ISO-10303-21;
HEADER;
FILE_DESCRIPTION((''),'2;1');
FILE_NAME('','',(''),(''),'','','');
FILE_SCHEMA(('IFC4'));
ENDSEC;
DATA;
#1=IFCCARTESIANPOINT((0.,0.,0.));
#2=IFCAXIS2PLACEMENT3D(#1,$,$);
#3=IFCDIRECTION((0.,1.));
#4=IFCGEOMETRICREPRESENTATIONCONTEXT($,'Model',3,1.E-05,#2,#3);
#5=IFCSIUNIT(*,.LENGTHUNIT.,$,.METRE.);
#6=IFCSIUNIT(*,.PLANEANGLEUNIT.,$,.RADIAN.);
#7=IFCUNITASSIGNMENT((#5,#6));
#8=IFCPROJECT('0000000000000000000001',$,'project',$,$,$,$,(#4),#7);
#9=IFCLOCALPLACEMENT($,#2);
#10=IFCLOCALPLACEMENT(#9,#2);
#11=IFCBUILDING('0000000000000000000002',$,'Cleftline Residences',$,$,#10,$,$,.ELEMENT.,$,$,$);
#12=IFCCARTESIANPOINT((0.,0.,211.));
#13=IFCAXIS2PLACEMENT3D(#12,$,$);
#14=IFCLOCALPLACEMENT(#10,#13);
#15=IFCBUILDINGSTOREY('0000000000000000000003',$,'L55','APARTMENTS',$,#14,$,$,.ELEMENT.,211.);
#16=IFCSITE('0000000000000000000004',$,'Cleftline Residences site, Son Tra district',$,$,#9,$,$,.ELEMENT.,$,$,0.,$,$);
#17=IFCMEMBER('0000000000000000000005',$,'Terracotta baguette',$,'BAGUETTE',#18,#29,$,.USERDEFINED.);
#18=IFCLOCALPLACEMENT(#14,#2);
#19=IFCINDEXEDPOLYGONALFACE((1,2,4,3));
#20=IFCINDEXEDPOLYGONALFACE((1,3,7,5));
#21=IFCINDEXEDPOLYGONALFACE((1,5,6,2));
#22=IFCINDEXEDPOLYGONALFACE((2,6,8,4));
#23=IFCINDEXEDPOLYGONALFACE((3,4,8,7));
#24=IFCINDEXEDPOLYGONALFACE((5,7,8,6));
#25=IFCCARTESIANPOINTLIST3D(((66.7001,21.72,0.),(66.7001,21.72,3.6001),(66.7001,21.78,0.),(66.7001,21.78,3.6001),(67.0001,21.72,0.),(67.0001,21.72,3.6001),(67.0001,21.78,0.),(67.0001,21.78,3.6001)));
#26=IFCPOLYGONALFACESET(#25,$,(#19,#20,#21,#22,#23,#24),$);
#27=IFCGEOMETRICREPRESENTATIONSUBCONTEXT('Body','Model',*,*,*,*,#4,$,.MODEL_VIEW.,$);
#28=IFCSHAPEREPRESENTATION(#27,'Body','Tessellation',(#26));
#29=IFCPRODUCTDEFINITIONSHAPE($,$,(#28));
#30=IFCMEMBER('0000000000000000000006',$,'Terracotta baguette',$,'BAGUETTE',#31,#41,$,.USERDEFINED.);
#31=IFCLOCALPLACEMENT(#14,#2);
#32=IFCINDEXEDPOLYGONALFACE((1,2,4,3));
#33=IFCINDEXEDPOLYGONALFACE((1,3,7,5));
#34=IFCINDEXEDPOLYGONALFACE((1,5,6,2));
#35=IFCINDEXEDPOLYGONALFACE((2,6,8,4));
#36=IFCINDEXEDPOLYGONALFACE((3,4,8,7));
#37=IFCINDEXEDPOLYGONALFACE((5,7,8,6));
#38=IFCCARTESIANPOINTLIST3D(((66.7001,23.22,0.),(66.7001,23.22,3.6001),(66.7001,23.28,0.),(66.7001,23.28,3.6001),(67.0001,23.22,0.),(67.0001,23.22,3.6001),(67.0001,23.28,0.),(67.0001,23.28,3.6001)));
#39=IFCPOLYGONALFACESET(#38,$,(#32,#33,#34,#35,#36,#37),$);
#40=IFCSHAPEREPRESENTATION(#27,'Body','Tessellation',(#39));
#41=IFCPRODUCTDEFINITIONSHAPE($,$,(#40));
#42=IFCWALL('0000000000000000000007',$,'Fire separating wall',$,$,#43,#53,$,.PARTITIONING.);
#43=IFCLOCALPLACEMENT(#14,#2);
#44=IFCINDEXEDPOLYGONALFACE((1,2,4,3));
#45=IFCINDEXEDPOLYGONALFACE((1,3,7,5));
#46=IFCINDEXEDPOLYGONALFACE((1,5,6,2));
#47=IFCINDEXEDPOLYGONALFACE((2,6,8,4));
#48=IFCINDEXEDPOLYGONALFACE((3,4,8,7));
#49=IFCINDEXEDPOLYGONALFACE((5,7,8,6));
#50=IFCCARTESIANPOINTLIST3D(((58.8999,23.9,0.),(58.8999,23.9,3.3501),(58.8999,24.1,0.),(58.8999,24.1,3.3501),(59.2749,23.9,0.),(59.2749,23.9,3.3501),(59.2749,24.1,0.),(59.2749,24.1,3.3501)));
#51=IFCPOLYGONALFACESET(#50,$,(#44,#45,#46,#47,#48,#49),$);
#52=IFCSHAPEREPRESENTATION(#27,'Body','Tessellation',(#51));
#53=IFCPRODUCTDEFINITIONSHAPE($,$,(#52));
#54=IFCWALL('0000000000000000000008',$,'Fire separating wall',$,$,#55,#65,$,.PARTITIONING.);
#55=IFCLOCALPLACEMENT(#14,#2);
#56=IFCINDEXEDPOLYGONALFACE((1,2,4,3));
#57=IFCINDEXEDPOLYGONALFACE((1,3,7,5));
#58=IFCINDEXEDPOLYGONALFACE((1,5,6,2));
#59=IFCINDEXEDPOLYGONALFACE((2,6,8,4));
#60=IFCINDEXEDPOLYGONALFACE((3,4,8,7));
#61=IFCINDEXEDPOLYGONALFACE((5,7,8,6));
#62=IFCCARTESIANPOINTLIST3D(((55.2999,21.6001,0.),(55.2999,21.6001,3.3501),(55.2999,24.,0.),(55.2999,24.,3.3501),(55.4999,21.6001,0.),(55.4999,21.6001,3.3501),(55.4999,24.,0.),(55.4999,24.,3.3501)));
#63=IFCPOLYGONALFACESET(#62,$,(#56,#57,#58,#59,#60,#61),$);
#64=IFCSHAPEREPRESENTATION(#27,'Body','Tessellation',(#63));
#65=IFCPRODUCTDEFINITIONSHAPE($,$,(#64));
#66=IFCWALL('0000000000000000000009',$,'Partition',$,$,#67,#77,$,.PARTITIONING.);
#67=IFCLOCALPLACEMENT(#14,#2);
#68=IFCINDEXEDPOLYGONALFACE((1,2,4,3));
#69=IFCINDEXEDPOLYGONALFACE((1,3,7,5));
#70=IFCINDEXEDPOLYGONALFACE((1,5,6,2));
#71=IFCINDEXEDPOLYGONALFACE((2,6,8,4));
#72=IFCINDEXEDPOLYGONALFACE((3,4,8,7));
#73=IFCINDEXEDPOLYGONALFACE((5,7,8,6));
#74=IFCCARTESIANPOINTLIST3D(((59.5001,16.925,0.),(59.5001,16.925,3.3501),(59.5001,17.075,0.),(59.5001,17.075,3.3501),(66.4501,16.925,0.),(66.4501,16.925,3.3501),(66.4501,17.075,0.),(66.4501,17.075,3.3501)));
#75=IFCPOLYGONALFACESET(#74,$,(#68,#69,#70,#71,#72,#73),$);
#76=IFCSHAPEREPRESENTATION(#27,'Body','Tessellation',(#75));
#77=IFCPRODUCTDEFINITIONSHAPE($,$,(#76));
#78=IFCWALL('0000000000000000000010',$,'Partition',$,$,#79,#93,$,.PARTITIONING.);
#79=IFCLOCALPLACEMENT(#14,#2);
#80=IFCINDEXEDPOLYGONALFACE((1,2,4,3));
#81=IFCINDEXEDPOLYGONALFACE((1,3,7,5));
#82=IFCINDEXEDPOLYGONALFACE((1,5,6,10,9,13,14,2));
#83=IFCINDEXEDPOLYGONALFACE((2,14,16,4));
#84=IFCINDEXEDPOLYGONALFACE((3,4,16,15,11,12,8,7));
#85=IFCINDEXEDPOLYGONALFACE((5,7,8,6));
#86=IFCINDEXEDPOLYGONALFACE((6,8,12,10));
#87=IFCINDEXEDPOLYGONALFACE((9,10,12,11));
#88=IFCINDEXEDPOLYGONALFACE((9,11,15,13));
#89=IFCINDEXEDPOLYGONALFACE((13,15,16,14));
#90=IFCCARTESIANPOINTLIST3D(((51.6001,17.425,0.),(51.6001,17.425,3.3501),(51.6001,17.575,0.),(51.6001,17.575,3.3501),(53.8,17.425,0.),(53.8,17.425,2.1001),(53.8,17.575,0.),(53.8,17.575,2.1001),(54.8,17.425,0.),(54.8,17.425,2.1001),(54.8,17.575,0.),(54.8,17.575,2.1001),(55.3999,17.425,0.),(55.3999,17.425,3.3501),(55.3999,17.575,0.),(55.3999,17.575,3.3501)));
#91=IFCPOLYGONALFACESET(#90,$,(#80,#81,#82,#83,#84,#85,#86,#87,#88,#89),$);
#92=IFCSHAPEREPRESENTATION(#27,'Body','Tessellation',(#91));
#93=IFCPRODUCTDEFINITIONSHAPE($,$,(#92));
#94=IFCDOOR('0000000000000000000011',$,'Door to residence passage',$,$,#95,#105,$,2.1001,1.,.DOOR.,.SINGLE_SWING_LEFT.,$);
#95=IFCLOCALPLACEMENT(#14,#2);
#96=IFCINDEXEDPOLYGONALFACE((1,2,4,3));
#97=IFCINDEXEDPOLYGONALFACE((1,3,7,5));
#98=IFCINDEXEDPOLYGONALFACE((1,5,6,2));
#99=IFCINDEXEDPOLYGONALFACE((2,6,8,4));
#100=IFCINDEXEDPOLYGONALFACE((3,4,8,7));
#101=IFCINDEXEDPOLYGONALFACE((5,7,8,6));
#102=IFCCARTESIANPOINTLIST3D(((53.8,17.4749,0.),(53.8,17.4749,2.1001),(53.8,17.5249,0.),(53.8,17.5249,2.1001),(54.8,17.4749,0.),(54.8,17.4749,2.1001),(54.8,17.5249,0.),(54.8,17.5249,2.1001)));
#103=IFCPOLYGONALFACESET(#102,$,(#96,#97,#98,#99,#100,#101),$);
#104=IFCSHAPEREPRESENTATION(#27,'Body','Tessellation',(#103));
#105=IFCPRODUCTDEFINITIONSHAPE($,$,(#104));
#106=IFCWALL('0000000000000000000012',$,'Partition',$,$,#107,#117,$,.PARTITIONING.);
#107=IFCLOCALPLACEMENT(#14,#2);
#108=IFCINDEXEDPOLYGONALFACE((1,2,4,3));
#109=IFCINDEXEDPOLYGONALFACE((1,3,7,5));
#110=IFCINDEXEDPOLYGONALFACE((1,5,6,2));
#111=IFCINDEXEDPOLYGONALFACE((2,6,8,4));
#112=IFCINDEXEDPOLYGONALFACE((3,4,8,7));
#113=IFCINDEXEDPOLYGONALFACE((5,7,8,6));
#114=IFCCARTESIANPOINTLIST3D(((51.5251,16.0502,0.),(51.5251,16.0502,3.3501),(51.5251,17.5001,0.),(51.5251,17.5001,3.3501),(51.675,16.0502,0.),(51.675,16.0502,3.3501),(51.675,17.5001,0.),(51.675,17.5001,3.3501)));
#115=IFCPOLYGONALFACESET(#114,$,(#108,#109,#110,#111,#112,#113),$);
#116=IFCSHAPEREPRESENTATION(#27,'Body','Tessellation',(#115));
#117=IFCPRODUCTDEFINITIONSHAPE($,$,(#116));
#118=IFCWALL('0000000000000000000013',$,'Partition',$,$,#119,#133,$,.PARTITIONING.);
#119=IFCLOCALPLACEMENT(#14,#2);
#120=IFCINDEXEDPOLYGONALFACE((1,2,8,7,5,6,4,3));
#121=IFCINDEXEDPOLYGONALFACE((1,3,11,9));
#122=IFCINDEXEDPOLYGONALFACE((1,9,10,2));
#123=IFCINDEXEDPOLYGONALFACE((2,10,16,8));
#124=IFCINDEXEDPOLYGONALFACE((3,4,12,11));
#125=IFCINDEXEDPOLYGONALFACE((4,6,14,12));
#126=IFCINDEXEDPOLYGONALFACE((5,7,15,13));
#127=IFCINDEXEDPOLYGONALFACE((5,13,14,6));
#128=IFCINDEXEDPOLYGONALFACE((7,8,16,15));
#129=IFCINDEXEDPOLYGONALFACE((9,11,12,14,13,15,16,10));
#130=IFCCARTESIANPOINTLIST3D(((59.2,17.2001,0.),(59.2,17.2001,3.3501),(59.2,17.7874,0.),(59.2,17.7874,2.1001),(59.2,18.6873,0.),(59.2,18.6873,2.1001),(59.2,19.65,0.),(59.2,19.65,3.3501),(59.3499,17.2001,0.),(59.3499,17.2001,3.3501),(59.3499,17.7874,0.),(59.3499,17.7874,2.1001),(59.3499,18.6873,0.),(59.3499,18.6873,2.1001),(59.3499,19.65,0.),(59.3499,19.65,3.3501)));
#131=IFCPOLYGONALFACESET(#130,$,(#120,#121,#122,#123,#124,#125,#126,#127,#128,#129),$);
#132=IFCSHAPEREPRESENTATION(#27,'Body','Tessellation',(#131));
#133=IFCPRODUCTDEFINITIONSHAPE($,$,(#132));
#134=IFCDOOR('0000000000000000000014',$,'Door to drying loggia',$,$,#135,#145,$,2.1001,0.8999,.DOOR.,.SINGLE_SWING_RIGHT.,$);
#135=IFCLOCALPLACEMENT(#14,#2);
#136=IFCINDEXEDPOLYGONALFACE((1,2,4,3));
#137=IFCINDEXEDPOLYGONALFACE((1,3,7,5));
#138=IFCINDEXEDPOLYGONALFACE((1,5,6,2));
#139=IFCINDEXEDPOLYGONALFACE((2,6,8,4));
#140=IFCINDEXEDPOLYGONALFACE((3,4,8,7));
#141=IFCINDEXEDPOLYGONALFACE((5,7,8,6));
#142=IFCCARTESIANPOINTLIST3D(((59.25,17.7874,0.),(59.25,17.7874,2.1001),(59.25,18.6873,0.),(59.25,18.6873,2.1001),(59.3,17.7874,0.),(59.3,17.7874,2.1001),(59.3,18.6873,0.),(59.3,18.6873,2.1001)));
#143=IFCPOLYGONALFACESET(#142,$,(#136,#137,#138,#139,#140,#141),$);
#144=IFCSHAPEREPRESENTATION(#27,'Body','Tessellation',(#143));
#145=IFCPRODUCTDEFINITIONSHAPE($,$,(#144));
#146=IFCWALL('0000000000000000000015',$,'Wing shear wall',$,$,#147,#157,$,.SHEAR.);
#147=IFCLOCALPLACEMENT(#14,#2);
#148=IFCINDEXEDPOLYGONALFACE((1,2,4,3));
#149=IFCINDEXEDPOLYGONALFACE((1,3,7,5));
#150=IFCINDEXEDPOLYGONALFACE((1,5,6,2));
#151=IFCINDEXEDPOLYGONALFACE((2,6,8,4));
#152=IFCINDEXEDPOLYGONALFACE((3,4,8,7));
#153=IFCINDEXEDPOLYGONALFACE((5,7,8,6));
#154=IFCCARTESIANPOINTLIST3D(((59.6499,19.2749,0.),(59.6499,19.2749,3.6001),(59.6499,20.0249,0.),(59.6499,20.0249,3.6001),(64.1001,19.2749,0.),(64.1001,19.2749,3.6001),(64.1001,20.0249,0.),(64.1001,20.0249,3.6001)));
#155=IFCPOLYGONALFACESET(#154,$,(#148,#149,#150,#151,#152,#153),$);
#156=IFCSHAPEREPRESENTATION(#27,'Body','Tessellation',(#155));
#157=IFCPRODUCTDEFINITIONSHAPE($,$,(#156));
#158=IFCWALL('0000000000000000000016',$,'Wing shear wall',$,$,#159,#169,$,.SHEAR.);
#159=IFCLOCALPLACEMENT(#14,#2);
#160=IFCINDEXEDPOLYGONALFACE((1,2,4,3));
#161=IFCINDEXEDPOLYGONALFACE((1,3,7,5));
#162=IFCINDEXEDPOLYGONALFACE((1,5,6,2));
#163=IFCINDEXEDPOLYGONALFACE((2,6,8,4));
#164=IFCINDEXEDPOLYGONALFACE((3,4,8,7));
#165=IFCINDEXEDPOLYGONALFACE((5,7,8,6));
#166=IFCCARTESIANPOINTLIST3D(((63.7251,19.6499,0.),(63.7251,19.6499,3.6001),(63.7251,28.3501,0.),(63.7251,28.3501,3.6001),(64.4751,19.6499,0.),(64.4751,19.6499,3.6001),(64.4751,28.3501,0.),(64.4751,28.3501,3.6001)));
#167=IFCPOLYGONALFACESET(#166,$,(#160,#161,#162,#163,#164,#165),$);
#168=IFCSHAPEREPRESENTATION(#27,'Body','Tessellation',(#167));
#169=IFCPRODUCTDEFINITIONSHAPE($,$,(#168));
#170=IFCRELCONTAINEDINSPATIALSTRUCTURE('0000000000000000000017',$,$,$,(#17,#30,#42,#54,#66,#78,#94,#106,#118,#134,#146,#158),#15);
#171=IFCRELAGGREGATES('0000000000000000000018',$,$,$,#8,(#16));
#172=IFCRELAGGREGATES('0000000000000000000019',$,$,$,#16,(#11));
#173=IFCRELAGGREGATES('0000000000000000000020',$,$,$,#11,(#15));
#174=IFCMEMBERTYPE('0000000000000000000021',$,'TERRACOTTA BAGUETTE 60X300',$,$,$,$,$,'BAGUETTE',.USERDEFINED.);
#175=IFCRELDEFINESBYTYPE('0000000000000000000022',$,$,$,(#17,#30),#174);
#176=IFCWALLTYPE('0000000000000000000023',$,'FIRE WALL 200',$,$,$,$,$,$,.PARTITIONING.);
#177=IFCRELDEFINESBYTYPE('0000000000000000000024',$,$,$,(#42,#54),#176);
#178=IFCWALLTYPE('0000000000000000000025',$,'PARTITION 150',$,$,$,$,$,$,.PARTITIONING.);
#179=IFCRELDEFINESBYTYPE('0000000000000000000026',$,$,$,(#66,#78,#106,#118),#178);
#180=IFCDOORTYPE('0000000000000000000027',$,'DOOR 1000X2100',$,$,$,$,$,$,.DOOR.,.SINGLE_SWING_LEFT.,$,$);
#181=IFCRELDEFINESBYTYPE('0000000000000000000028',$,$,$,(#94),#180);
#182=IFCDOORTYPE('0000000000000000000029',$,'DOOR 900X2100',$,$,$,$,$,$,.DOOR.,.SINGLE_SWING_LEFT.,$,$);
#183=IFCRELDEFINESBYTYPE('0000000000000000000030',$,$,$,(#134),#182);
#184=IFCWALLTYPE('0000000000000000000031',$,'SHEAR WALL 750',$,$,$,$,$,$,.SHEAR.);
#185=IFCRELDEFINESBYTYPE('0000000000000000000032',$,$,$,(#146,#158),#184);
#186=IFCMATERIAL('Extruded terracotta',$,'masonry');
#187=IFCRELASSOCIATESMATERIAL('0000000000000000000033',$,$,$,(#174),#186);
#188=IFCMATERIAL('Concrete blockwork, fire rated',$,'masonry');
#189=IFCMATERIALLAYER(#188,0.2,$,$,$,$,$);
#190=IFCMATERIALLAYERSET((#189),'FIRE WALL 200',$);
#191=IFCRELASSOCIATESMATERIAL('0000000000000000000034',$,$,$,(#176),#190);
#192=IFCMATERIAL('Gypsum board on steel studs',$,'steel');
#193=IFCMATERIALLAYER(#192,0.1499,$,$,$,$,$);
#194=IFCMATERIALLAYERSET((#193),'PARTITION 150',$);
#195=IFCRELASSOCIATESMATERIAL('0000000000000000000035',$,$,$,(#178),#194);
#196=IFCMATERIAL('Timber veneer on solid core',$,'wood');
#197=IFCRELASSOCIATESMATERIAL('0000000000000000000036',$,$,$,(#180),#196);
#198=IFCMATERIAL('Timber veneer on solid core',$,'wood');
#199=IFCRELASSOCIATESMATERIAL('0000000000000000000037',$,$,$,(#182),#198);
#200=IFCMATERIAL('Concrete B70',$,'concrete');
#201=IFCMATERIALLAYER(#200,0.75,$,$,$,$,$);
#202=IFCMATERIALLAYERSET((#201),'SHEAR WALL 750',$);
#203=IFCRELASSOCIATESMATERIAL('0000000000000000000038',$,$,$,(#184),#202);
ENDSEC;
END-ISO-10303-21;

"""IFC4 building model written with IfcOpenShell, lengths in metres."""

from ifc_helpers import new_model, si_unit, direction, frame, frame_2d, origin, origin_2d, place, context, subcontext, project, spatial, rectangle, extrude, material, layer, layer_set, material_profile, profile_set, type_object, element, fill, save


model = new_model("IFC4")

# Units and contexts
model_context = context("Model", 3, precision=1e-05, world=origin(), true_north=direction((0.0, 1.0)))
body_context = subcontext(model_context, "Body", "Model", "MODEL_VIEW")
ifc_project = project(units=[si_unit("LENGTHUNIT", "METRE"), si_unit("PLANEANGLEUNIT", "RADIAN")], contexts=[model_context])

# Site, building, storey
site_placement = place(None, origin())
site = spatial("IfcSite", under=ifc_project, at=site_placement, Name="Cleftline Residences site, Son Tra district", CompositionType="ELEMENT", RefElevation=0.0)
building_placement = place(site_placement, origin())
building = spatial("IfcBuilding", under=site, at=building_placement, Name="Cleftline Residences", CompositionType="ELEMENT")
storey_placement = place(building_placement, frame((0.0, 0.0, 211.0)))
storey = spatial("IfcBuildingStorey", under=building, at=storey_placement, Name="L55", Description="APARTMENTS", CompositionType="ELEMENT", Elevation=211.0)

# Members
ifc_material_1 = material(Name="Extruded terracotta", Category="masonry")
ifc_material_profile_1 = material_profile(ifc_material_1, rectangle(XDim=0.0601, YDim=0.3, at=origin_2d()))
ifc_profile_set_1 = profile_set([ifc_material_profile_1], Name="Extruded terracotta")
member_type_1 = type_object("IfcMemberType", Name="TERRACOTTA BAGUETTE 60X300", ElementType="BAGUETTE", PredefinedType="USERDEFINED", material=ifc_profile_set_1)
for number, where, z_axis, x_axis, name in (
    (1, (66.8501, 21.75, 0.0), (0.0, 0.0, 1.0), (0.0, 1.0, 0.0), "Terracotta baguette"),
    (2, (66.8501, 23.25, 0.0), (0.0, 0.0, 1.0), (0.0, 1.0, 0.0), "Terracotta baguette"),
):
    element("IfcMember", number, at=place(storey_placement, frame(where, z_axis=z_axis, x_axis=x_axis)), inside=storey, type_object=member_type_1, Name=name, ObjectType="BAGUETTE", PredefinedType="USERDEFINED", context=body_context, shape_type="SweptSolid", body=[
        extrude(rectangle(XDim=0.0601, YDim=0.3, at=origin_2d()), origin(), (0.0, 0.0, 1.0), 3.6001),
    ])

# Walls
ifc_material_2 = material(Name="Concrete blockwork, fire rated", Category="masonry")
ifc_layer_1 = layer(ifc_material_2, 0.2)
ifc_layer_set_1 = layer_set([ifc_layer_1], Name="FIRE WALL 200")
wall_type_1 = type_object("IfcWallType", Name="FIRE WALL 200", PredefinedType="PARTITIONING", material=ifc_layer_set_1)
wall_1_placement = place(storey_placement, frame((58.8999, 24.0, 0.0), z_axis=(0.0, 0.0, 1.0), x_axis=(1.0, 0.0, 0.0)))
element("IfcWall", 3, at=wall_1_placement, inside=storey, type_object=wall_type_1, Name="Fire separating wall", PredefinedType="PARTITIONING", context=body_context, shape_type="SweptSolid", body=[
    extrude(rectangle(XDim=0.375, YDim=0.2, at=frame_2d((0.1875, 0.0))), origin(), (0.0, 0.0, 1.0), 3.3501),
])
wall_2_placement = place(storey_placement, frame((55.3999, 21.6001, 0.0), z_axis=(0.0, 0.0, 1.0), x_axis=(0.0, 1.0, 0.0)))
element("IfcWall", 4, at=wall_2_placement, inside=storey, type_object=wall_type_1, Name="Fire separating wall", PredefinedType="PARTITIONING", context=body_context, shape_type="SweptSolid", body=[
    extrude(rectangle(XDim=2.3999, YDim=0.2, at=frame_2d((1.2, 0.0))), origin(), (0.0, 0.0, 1.0), 3.3501),
])
ifc_material_3 = material(Name="Gypsum board on steel studs", Category="steel")
ifc_layer_2 = layer(ifc_material_3, 0.1499)
ifc_layer_set_2 = layer_set([ifc_layer_2], Name="PARTITION 150")
wall_type_2 = type_object("IfcWallType", Name="PARTITION 150", PredefinedType="PARTITIONING", material=ifc_layer_set_2)
wall_3_placement = place(storey_placement, frame((59.5, 17.0, 0.0), z_axis=(0.0, 0.0, 1.0), x_axis=(1.0, 0.0, 0.0)))
element("IfcWall", 5, at=wall_3_placement, inside=storey, type_object=wall_type_2, Name="Partition", PredefinedType="PARTITIONING", context=body_context, shape_type="SweptSolid", body=[
    extrude(rectangle(XDim=6.95, YDim=0.1499, at=frame_2d((3.4751, 0.0))), origin(), (0.0, 0.0, 1.0), 3.3501),
])

# Wall, opening, door
wall_4_placement = place(storey_placement, frame((51.6001, 17.5, 0.0), z_axis=(0.0, 0.0, 1.0), x_axis=(1.0, 0.0, 0.0)))
wall_4 = element("IfcWall", 6, at=wall_4_placement, inside=storey, type_object=wall_type_2, Name="Partition", PredefinedType="PARTITIONING", context=body_context, shape_type="SweptSolid", body=[
    extrude(rectangle(XDim=3.7998, YDim=0.1499, at=frame_2d((1.8999, 0.0))), origin(), (0.0, 0.0, 1.0), 3.3501),
])
opening_1_placement = place(wall_4_placement, frame((2.2, 0.0, 0.0)))
opening_1 = element("IfcOpeningElement", 7, at=opening_1_placement, cuts=wall_4, PredefinedType="OPENING", context=body_context, shape_type="SweptSolid", body=[
    extrude(rectangle(XDim=1.0, YDim=2.1001, at=frame_2d((0.5, 1.05))), frame((0.0, 0.085, 0.0), z_axis=(0.0, -1.0, 0.0), x_axis=(1.0, 0.0, 0.0)), (0.0, 0.0, 1.0), 0.1699),
])
ifc_material_4 = material(Name="Timber veneer on solid core", Category="wood")
door_type_1 = type_object("IfcDoorType", Name="DOOR 1000X2100", OperationType="SINGLE_SWING_LEFT", PredefinedType="DOOR", material=ifc_material_4)
door_1_placement = place(opening_1_placement, origin())
door_1 = element("IfcDoor", 8, at=door_1_placement, inside=storey, type_object=door_type_1, Name="Door to residence passage", OperationType="SINGLE_SWING_LEFT", OverallHeight=2.1001, OverallWidth=1.0, PredefinedType="DOOR", context=body_context, shape_type="SweptSolid", body=[
    extrude(rectangle(XDim=1.0, YDim=2.1001, at=frame_2d((0.5, 1.05))), frame((0.0, 0.0249, 0.0), z_axis=(0.0, -1.0, 0.0), x_axis=(1.0, 0.0, 0.0)), (0.0, 0.0, 1.0), 0.05),
])
fill(opening_1, door_1)

# Wall
wall_5_placement = place(storey_placement, frame((51.6001, 16.05, 0.0), z_axis=(0.0, 0.0, 1.0), x_axis=(0.0, 1.0, 0.0)))
element("IfcWall", 9, at=wall_5_placement, inside=storey, type_object=wall_type_2, Name="Partition", PredefinedType="PARTITIONING", context=body_context, shape_type="SweptSolid", body=[
    extrude(rectangle(XDim=1.45, YDim=0.1499, at=frame_2d((0.7251, 0.0))), origin(), (0.0, 0.0, 1.0), 3.3501),
])

# Wall, opening, door
wall_6_placement = place(storey_placement, frame((59.2749, 17.2, 0.0), z_axis=(0.0, 0.0, 1.0), x_axis=(0.0, 1.0, 0.0)))
wall_6 = element("IfcWall", 10, at=wall_6_placement, inside=storey, type_object=wall_type_2, Name="Partition", PredefinedType="PARTITIONING", context=body_context, shape_type="SweptSolid", body=[
    extrude(rectangle(XDim=2.45, YDim=0.1499, at=frame_2d((1.2251, 0.0))), origin(), (0.0, 0.0, 1.0), 3.3501),
])
opening_2_placement = place(wall_6_placement, frame((0.5874, 0.0, 0.0)))
opening_2 = element("IfcOpeningElement", 11, at=opening_2_placement, cuts=wall_6, PredefinedType="OPENING", context=body_context, shape_type="SweptSolid", body=[
    extrude(rectangle(XDim=0.8999, YDim=2.1001, at=frame_2d((0.45, 1.05))), frame((0.0, 0.085, 0.0), z_axis=(0.0, -1.0, 0.0), x_axis=(1.0, 0.0, 0.0)), (0.0, 0.0, 1.0), 0.1699),
])
ifc_material_5 = material(Name="Timber veneer on solid core", Category="wood")
door_type_2 = type_object("IfcDoorType", Name="DOOR 900X2100", OperationType="SINGLE_SWING_LEFT", PredefinedType="DOOR", material=ifc_material_5)
door_2_placement = place(opening_2_placement, origin())
door_2 = element("IfcDoor", 12, at=door_2_placement, inside=storey, type_object=door_type_2, Name="Door to drying loggia", OperationType="SINGLE_SWING_RIGHT", OverallHeight=2.1001, OverallWidth=0.8999, PredefinedType="DOOR", context=body_context, shape_type="SweptSolid", body=[
    extrude(rectangle(XDim=0.8999, YDim=2.1001, at=frame_2d((0.45, 1.05))), frame((0.0, 0.0249, 0.0), z_axis=(0.0, -1.0, 0.0), x_axis=(1.0, 0.0, 0.0)), (0.0, 0.0, 1.0), 0.05),
])
fill(opening_2, door_2)

# Walls
ifc_material_6 = material(Name="Concrete B70", Category="concrete")
ifc_layer_3 = layer(ifc_material_6, 0.75)
ifc_layer_set_3 = layer_set([ifc_layer_3], Name="SHEAR WALL 750")
wall_type_3 = type_object("IfcWallType", Name="SHEAR WALL 750", PredefinedType="SHEAR", material=ifc_layer_set_3)
wall_7_placement = place(storey_placement, frame((59.6499, 19.6499, 0.0), z_axis=(0.0, 0.0, 1.0), x_axis=(1.0, 0.0, 0.0)))
element("IfcWall", 13, at=wall_7_placement, inside=storey, type_object=wall_type_3, Name="Wing shear wall", PredefinedType="SHEAR", context=body_context, shape_type="SweptSolid", body=[
    extrude(rectangle(XDim=4.4502, YDim=0.75, at=frame_2d((2.2251, 0.0))), origin(), (0.0, 0.0, 1.0), 3.6001),
])
wall_8_placement = place(storey_placement, frame((64.1001, 19.6499, 0.0), z_axis=(0.0, 0.0, 1.0), x_axis=(0.0, 1.0, 0.0)))
element("IfcWall", 14, at=wall_8_placement, inside=storey, type_object=wall_type_3, Name="Wing shear wall", PredefinedType="SHEAR", context=body_context, shape_type="SweptSolid", body=[
    extrude(rectangle(XDim=8.7002, YDim=0.75, at=frame_2d((4.3501, 0.0))), origin(), (0.0, 0.0, 1.0), 3.6001),
])

save(model, "model.ifc")
